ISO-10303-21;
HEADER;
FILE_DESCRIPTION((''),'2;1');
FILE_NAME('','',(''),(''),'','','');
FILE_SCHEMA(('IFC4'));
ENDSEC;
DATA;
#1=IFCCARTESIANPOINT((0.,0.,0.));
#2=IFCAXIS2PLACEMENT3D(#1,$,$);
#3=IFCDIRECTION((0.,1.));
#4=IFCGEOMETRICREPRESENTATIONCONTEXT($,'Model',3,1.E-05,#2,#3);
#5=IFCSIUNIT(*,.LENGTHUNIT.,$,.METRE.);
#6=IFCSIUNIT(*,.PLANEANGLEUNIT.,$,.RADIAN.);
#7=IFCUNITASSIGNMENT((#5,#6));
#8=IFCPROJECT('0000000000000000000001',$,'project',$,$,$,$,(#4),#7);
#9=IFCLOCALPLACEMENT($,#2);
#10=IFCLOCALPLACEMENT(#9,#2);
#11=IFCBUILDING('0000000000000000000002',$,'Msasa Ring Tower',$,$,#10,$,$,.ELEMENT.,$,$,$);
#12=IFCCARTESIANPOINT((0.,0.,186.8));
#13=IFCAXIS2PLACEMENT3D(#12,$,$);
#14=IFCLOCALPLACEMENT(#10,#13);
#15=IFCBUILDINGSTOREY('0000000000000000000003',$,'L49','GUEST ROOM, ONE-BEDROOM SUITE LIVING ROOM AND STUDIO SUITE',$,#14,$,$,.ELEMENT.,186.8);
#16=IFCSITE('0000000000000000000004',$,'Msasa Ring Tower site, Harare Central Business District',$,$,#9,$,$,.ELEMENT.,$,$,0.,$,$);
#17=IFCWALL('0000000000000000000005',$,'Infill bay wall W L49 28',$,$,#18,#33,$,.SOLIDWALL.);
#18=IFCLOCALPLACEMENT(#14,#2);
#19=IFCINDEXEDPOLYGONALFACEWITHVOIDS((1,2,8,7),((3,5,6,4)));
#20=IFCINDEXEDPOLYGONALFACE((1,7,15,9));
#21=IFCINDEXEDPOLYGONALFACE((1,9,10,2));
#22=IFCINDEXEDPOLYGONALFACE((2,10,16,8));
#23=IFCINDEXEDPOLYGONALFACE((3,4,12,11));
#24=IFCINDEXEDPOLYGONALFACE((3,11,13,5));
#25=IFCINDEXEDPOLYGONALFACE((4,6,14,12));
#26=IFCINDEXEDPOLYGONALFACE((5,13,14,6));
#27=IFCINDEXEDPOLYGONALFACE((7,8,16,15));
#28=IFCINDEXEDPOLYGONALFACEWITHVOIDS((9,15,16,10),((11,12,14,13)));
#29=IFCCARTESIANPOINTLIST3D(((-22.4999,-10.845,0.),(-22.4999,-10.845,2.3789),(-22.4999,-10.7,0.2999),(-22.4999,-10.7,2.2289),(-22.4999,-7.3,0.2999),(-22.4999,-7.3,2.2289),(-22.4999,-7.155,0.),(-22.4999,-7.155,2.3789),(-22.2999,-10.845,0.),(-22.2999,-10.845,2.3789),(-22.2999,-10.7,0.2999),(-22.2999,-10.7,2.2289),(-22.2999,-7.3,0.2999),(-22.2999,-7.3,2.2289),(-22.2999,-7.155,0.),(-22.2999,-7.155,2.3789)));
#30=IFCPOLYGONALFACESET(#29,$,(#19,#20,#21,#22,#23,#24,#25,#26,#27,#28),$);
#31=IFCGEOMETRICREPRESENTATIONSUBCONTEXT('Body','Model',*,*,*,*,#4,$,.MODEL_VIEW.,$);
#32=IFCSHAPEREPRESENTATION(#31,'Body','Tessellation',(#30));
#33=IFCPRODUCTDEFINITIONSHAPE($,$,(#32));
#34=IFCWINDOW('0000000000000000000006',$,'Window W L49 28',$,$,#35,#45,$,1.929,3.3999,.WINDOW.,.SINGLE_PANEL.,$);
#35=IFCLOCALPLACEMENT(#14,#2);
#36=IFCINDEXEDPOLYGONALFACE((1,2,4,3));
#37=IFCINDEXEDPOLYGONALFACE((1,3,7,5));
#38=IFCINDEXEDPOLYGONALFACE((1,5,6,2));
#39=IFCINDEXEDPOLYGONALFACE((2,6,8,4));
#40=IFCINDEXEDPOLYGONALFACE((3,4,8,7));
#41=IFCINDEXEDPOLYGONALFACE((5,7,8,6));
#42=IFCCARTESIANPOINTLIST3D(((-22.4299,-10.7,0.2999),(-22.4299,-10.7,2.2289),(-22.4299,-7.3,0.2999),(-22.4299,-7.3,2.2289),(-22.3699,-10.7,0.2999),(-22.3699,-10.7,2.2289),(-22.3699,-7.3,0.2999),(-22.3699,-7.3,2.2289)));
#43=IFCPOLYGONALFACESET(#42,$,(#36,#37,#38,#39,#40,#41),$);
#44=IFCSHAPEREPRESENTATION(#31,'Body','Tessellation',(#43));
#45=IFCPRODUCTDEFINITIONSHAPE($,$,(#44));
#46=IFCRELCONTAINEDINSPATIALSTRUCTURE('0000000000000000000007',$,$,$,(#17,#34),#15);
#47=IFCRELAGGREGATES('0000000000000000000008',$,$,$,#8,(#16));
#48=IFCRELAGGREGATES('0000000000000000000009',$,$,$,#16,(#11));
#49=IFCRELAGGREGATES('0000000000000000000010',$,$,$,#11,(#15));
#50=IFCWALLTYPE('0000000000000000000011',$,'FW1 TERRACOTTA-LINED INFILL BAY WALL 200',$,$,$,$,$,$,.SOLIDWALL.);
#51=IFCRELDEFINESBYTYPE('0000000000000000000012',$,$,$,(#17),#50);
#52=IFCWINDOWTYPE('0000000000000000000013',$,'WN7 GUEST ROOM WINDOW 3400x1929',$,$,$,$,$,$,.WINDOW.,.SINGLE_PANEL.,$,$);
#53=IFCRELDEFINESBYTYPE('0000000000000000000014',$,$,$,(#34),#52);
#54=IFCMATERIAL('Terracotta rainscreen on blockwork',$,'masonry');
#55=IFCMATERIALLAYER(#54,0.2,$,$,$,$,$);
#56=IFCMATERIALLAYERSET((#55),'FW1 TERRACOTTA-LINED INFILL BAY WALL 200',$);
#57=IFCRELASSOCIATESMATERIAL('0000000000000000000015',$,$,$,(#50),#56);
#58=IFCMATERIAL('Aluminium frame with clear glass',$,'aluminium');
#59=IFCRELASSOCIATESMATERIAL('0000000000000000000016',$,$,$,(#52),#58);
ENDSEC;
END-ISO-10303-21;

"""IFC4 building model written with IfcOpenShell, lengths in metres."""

from ifc_helpers import new_model, si_unit, direction, frame, frame_2d, origin, place, context, subcontext, project, spatial, rectangle, extrude, material, layer, layer_set, type_object, element, fill, save


model = new_model("IFC4")

# Units and contexts
model_context = context("Model", 3, precision=1e-05, world=origin(), true_north=direction((0.0, 1.0)))
body_context = subcontext(model_context, "Body", "Model", "MODEL_VIEW")
ifc_project = project(units=[si_unit("LENGTHUNIT", "METRE"), si_unit("PLANEANGLEUNIT", "RADIAN")], contexts=[model_context])

# Site, building, storey
site_placement = place(None, origin())
site = spatial("IfcSite", under=ifc_project, at=site_placement, Name="Msasa Ring Tower site, Harare Central Business District", CompositionType="ELEMENT", RefElevation=0.0)
building_placement = place(site_placement, origin())
building = spatial("IfcBuilding", under=site, at=building_placement, Name="Msasa Ring Tower", CompositionType="ELEMENT")
storey_placement = place(building_placement, frame((0.0, 0.0, 186.8)))
storey = spatial("IfcBuildingStorey", under=building, at=storey_placement, Name="L49", Description="GUEST ROOM, ONE-BEDROOM SUITE LIVING ROOM AND STUDIO SUITE", CompositionType="ELEMENT", Elevation=186.8)

# Wall, opening, window
ifc_material_1 = material(Name="Terracotta rainscreen on blockwork", Category="masonry")
ifc_layer = layer(ifc_material_1, 0.2)
ifc_layer_set = layer_set([ifc_layer], Name="FW1 TERRACOTTA-LINED INFILL BAY WALL 200")
wall_type = type_object("IfcWallType", Name="FW1 TERRACOTTA-LINED INFILL BAY WALL 200", PredefinedType="SOLIDWALL", material=ifc_layer_set)
ifc_material_2 = material(Name="Aluminium frame with clear glass", Category="aluminium")
window_type = type_object("IfcWindowType", Name="WN7 GUEST ROOM WINDOW 3400x1929", PartitioningType="SINGLE_PANEL", PredefinedType="WINDOW", material=ifc_material_2)
wall_1_placement = place(storey_placement, frame((-22.3999, -10.845, 0.0), z_axis=(0.0, 0.0, 1.0), x_axis=(0.0, 1.0, 0.0)))
wall_1 = element("IfcWall", 1, at=wall_1_placement, inside=storey, type_object=wall_type, Name="Infill bay wall W L49 28", PredefinedType="SOLIDWALL", context=body_context, shape_type="SweptSolid", body=[
    extrude(rectangle(XDim=3.6899, YDim=0.2, at=frame_2d((1.845, 0.0))), origin(), (0.0, 0.0, 1.0), 2.3789),
])
opening_1_placement = place(wall_1_placement, frame((0.145, 0.0, 0.3)))
opening_1 = element("IfcOpeningElement", 2, at=opening_1_placement, cuts=wall_1, PredefinedType="OPENING", context=body_context, shape_type="SweptSolid", body=[
    extrude(rectangle(XDim=3.3999, YDim=1.929, at=frame_2d((1.7, 0.9644))), frame((0.0, 0.1099, 0.0), z_axis=(0.0, -1.0, 0.0), x_axis=(1.0, 0.0, 0.0)), (0.0, 0.0, 1.0), 0.22),
])
window_1_placement = place(opening_1_placement, origin())
window_1 = element("IfcWindow", 3, at=window_1_placement, inside=storey, type_object=window_type, Name="Window W L49 28", OverallHeight=1.929, OverallWidth=3.3999, PartitioningType="SINGLE_PANEL", PredefinedType="WINDOW", context=body_context, shape_type="SweptSolid", body=[
    extrude(rectangle(XDim=3.3999, YDim=1.929, at=frame_2d((1.7, 0.9644))), frame((0.0, 0.03, 0.0), z_axis=(0.0, -1.0, 0.0), x_axis=(1.0, 0.0, 0.0)), (0.0, 0.0, 1.0), 0.0601),
])
fill(opening_1, window_1)

save(model, "model.ifc")
